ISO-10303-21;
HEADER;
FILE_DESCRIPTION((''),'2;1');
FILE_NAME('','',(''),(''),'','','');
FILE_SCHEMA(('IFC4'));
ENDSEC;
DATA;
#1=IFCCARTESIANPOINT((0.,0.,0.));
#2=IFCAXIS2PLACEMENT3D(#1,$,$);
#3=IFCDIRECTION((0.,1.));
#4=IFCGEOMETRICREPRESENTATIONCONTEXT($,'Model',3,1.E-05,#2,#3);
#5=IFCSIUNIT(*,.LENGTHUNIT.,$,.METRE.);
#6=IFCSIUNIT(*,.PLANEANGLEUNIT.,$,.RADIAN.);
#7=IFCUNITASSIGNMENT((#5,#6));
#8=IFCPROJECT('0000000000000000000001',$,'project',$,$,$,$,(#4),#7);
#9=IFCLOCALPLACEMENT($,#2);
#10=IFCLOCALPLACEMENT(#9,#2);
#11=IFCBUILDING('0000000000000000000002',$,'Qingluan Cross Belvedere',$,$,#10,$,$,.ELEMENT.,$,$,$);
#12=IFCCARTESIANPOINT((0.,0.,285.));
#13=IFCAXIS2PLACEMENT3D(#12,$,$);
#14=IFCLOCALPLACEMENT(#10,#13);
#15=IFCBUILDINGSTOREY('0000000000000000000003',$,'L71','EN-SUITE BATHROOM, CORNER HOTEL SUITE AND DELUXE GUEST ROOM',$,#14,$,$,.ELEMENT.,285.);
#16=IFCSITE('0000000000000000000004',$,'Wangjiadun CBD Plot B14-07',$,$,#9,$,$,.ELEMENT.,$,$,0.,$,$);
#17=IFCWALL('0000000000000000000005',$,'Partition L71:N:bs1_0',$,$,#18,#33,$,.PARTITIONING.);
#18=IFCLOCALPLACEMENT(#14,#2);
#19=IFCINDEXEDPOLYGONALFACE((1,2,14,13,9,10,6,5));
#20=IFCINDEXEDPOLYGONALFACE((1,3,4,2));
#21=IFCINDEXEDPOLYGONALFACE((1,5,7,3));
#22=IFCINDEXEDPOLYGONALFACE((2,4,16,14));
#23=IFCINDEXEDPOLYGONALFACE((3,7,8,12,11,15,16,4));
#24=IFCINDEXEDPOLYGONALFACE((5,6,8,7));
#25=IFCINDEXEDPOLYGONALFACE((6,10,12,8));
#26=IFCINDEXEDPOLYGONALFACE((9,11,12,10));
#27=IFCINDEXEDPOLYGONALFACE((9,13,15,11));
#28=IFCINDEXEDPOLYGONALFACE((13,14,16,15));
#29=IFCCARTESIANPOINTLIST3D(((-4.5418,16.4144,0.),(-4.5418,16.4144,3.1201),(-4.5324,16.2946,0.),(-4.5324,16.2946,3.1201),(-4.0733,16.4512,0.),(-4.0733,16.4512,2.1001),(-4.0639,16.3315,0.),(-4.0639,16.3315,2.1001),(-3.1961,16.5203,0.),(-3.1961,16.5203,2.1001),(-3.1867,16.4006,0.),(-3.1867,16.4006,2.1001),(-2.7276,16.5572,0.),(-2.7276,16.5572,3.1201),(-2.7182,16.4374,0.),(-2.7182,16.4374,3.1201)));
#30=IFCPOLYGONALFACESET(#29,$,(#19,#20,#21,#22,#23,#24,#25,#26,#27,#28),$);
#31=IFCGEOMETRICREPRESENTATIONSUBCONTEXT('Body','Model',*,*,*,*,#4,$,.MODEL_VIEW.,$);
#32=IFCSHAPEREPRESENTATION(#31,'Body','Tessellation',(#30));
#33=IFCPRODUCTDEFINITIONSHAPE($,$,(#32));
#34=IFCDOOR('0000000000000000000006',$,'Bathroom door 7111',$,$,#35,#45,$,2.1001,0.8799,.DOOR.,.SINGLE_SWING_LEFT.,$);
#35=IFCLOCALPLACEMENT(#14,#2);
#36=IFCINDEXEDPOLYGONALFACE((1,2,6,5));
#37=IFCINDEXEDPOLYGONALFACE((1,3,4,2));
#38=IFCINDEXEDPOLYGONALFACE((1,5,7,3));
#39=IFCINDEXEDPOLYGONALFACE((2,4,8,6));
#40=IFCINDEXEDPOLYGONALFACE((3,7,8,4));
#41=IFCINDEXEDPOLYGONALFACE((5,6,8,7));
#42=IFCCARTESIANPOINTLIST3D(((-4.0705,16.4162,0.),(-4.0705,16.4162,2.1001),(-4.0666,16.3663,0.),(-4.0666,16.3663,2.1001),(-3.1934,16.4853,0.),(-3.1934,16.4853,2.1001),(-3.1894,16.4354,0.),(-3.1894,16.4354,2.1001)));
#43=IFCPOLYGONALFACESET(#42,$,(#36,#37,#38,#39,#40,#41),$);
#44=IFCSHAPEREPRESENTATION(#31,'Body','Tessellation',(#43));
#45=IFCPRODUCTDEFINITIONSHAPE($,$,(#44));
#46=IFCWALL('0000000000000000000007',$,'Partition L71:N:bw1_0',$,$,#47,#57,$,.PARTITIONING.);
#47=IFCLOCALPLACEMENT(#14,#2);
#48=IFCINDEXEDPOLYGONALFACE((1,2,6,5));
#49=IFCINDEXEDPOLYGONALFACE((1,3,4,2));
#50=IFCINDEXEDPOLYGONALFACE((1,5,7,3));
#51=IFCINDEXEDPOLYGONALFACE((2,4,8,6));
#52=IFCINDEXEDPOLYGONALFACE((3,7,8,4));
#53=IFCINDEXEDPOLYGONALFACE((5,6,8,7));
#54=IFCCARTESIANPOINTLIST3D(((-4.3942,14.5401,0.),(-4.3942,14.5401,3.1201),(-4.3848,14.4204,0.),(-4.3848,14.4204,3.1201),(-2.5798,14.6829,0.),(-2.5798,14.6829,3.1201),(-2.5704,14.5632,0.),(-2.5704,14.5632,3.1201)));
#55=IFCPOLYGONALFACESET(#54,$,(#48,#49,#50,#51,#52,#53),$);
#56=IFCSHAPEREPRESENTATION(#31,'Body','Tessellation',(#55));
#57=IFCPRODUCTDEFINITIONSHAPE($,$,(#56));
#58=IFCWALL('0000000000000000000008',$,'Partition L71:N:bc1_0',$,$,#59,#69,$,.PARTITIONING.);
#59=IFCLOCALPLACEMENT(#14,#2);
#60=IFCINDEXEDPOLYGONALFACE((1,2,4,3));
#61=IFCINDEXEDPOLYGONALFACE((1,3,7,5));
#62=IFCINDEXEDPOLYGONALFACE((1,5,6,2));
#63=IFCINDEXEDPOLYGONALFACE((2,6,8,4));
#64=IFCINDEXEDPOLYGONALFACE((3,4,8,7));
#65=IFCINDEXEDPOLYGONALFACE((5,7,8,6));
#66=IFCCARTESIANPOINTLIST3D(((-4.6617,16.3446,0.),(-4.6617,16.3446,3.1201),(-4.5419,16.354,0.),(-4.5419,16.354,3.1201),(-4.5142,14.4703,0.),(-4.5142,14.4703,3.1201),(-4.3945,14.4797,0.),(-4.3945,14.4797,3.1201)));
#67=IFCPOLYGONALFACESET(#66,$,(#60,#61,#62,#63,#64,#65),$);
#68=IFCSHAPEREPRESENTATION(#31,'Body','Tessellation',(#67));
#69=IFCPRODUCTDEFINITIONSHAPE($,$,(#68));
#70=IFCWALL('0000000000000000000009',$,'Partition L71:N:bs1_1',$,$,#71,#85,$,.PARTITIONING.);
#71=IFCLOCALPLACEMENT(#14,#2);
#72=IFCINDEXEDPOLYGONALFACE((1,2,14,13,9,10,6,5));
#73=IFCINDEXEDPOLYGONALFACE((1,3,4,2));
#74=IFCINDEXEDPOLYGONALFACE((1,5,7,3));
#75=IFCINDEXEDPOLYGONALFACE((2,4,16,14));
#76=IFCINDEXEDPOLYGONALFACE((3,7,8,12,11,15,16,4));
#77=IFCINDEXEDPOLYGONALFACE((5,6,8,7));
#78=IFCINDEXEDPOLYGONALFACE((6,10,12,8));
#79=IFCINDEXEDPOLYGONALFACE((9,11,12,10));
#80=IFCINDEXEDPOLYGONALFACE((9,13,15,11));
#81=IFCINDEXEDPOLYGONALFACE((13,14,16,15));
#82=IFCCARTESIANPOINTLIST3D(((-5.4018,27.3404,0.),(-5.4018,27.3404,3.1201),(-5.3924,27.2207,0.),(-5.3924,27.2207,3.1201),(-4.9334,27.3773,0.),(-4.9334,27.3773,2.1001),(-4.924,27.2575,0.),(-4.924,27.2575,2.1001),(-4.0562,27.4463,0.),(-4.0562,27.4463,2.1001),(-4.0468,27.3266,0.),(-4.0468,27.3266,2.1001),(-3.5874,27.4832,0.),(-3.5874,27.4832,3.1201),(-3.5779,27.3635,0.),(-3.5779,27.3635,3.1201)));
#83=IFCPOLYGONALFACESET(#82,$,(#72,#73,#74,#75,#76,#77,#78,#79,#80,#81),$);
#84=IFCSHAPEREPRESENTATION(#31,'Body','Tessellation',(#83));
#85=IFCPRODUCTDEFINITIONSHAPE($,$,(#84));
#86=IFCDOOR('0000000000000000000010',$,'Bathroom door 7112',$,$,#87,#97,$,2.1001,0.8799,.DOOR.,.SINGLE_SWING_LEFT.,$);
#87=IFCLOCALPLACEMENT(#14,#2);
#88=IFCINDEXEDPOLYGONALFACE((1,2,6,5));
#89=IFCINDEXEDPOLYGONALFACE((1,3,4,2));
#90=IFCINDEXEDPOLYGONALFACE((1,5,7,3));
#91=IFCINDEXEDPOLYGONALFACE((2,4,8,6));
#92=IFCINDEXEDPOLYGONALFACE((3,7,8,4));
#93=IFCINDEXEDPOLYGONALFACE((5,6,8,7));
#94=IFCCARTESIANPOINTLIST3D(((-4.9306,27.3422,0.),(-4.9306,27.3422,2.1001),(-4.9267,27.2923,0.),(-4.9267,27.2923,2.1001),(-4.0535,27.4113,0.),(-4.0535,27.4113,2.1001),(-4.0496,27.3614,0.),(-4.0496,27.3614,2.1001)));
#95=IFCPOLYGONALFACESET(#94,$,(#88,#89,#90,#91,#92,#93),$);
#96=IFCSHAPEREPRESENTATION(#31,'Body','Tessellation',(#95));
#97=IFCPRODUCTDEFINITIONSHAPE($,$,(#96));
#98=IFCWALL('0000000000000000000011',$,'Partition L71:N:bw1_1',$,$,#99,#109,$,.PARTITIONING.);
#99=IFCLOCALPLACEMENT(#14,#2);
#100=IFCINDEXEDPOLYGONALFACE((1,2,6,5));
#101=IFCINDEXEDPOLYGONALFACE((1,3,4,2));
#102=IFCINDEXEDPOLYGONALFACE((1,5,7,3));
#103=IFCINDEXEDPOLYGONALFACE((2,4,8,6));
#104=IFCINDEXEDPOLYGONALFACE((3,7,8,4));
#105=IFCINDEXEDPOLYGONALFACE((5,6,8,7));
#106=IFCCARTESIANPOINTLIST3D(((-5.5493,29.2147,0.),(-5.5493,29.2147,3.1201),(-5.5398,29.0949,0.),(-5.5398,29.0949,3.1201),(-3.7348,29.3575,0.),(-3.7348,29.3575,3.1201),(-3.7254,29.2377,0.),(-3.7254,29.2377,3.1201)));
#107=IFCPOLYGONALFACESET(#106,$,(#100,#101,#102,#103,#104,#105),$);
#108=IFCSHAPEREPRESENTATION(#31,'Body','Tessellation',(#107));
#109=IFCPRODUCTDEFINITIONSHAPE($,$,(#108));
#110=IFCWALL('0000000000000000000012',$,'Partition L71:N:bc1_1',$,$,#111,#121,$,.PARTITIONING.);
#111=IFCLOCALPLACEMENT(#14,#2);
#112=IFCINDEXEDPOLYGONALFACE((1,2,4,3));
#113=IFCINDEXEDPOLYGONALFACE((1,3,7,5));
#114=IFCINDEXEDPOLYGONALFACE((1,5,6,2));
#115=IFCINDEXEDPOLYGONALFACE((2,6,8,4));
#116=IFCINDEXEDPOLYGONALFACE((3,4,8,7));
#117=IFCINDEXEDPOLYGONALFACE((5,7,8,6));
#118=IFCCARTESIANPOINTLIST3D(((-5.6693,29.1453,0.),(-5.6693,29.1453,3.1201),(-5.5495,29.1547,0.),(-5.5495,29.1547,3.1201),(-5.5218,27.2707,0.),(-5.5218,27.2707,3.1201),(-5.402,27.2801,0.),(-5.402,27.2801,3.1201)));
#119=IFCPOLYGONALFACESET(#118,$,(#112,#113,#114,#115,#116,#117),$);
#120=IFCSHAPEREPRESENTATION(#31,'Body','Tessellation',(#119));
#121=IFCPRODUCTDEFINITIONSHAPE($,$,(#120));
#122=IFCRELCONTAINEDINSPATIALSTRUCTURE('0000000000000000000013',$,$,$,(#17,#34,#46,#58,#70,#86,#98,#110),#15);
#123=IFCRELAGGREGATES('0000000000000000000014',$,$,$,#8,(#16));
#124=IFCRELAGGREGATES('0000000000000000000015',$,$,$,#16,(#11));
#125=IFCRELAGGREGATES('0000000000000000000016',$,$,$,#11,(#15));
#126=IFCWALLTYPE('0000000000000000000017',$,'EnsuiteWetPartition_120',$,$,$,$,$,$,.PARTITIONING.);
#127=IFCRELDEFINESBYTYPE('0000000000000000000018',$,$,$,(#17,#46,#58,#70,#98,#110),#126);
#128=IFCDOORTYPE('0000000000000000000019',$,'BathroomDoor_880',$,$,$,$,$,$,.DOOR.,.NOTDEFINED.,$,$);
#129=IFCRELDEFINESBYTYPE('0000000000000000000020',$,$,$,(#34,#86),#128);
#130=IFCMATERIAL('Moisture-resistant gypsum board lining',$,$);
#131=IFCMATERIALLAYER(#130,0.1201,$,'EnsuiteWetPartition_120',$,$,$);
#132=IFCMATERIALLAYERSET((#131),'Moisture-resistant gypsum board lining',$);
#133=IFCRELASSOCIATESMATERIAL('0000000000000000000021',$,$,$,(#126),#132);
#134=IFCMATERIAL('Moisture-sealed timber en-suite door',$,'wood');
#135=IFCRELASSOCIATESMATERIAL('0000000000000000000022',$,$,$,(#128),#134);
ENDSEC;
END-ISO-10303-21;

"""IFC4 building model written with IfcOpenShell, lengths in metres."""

from ifc_helpers import new_model, si_unit, direction, frame, frame_2d, origin, place, context, subcontext, project, spatial, rectangle, extrude, material, layer, layer_set, type_object, element, fill, save


model = new_model("IFC4")

# Units and contexts
model_context = context("Model", 3, precision=1e-05, world=origin(), true_north=direction((0.0, 1.0)))
body_context = subcontext(model_context, "Body", "Model", "MODEL_VIEW")
ifc_project = project(units=[si_unit("LENGTHUNIT", "METRE"), si_unit("PLANEANGLEUNIT", "RADIAN")], contexts=[model_context])

# Site, building, storey
site_placement = place(None, origin())
site = spatial("IfcSite", under=ifc_project, at=site_placement, Name="Wangjiadun CBD Plot B14-07", CompositionType="ELEMENT", RefElevation=0.0)
building_placement = place(site_placement, origin())
building = spatial("IfcBuilding", under=site, at=building_placement, Name="Qingluan Cross Belvedere", CompositionType="ELEMENT")
storey_placement = place(building_placement, frame((0.0, 0.0, 285.0)))
storey = spatial("IfcBuildingStorey", under=building, at=storey_placement, Name="L71", Description="EN-SUITE BATHROOM, CORNER HOTEL SUITE AND DELUXE GUEST ROOM", CompositionType="ELEMENT", Elevation=285.0)

# Shared definitions
ifc_material_1 = material(Name="Moisture-resistant gypsum board lining")
ifc_layer_1 = layer(ifc_material_1, 0.1201, Name="EnsuiteWetPartition_120")
ifc_layer_set_1 = layer_set([ifc_layer_1], Name="Moisture-resistant gypsum board lining")
wall_type_1 = type_object("IfcWallType", Name="EnsuiteWetPartition_120", PredefinedType="PARTITIONING", material=ifc_layer_set_1)

# Wall, opening, door
wall_1_placement = place(storey_placement, frame((-4.5371, 16.3545, 0.0), z_axis=(0.0, 0.0, 1.0), x_axis=(0.996916, 0.078481, 0.0)))
wall_1 = element("IfcWall", 1, at=wall_1_placement, inside=storey, type_object=wall_type_1, Name="Partition L71:N:bs1_0", PredefinedType="PARTITIONING", context=body_context, shape_type="SweptSolid", body=[
    extrude(rectangle(XDim=1.8198, YDim=0.1201, at=frame_2d((0.9099, 0.0))), origin(), (0.0, 0.0, 1.0), 3.1201),
])
opening_1_placement = place(wall_1_placement, frame((0.47, 0.0, 0.0)))
opening_1 = element("IfcOpeningElement", 2, at=opening_1_placement, cuts=wall_1, PredefinedType="OPENING", context=body_context, shape_type="SweptSolid", body=[
    extrude(rectangle(XDim=0.8799, YDim=2.1001, at=frame_2d((0.4399, 1.05))), frame((0.0, 0.0701, 0.0), z_axis=(0.0, -1.0, 0.0), x_axis=(1.0, 0.0, 0.0)), (0.0, 0.0, 1.0), 0.1401),
])
ifc_material_2 = material(Name="Moisture-sealed timber en-suite door", Category="wood")
door_type_1 = type_object("IfcDoorType", Name="BathroomDoor_880", OperationType="NOTDEFINED", PredefinedType="DOOR", material=ifc_material_2)
door_1_placement = place(opening_1_placement, origin())
door_1 = element("IfcDoor", 3, at=door_1_placement, inside=storey, type_object=door_type_1, Name="Bathroom door 7111", OperationType="SINGLE_SWING_LEFT", OverallHeight=2.1001, OverallWidth=0.8799, PredefinedType="DOOR", context=body_context, shape_type="SweptSolid", body=[
    extrude(rectangle(XDim=0.8799, YDim=2.1001, at=frame_2d((0.4399, 1.05))), frame((0.0, 0.0249, 0.0), z_axis=(0.0, -1.0, 0.0), x_axis=(1.0, 0.0, 0.0)), (0.0, 0.0, 1.0), 0.05),
])
fill(opening_1, door_1)

# Walls
wall_2_placement = place(storey_placement, frame((-4.3896, 14.4802, 0.0), z_axis=(0.0, 0.0, 1.0), x_axis=(0.996916, 0.078471, 0.0)))
element("IfcWall", 4, at=wall_2_placement, inside=storey, type_object=wall_type_1, Name="Partition L71:N:bw1_0", PredefinedType="PARTITIONING", context=body_context, shape_type="SweptSolid", body=[
    extrude(rectangle(XDim=1.8201, YDim=0.1201, at=frame_2d((0.9102, 0.0))), origin(), (0.0, 0.0, 1.0), 3.1201),
])
wall_3_placement = place(storey_placement, frame((-4.4543, 14.4751, 0.0), z_axis=(0.0, 0.0, 1.0), x_axis=(-0.078434, 0.996919, 0.0)))
element("IfcWall", 5, at=wall_3_placement, inside=storey, type_object=wall_type_1, Name="Partition L71:N:bc1_0", PredefinedType="PARTITIONING", context=body_context, shape_type="SweptSolid", body=[
    extrude(rectangle(XDim=1.8801, YDim=0.1201, at=frame_2d((0.9399, 0.0))), origin(), (0.0, 0.0, 1.0), 3.1201),
])

# Wall, opening, door
wall_4_placement = place(storey_placement, frame((-5.3972, 27.2805, 0.0), z_axis=(0.0, 0.0, 1.0), x_axis=(0.996916, 0.078471, 0.0)))
wall_4 = element("IfcWall", 6, at=wall_4_placement, inside=storey, type_object=wall_type_1, Name="Partition L71:N:bs1_1", PredefinedType="PARTITIONING", context=body_context, shape_type="SweptSolid", body=[
    extrude(rectangle(XDim=1.8201, YDim=0.1201, at=frame_2d((0.9102, 0.0))), origin(), (0.0, 0.0, 1.0), 3.1201),
])
opening_2_placement = place(wall_4_placement, frame((0.47, 0.0, 0.0)))
opening_2 = element("IfcOpeningElement", 7, at=opening_2_placement, cuts=wall_4, PredefinedType="OPENING", context=body_context, shape_type="SweptSolid", body=[
    extrude(rectangle(XDim=0.8799, YDim=2.1001, at=frame_2d((0.4399, 1.05))), frame((0.0, 0.0701, 0.0), z_axis=(0.0, -1.0, 0.0), x_axis=(1.0, 0.0, 0.0)), (0.0, 0.0, 1.0), 0.1401),
])
door_2_placement = place(opening_2_placement, origin())
door_2 = element("IfcDoor", 8, at=door_2_placement, inside=storey, type_object=door_type_1, Name="Bathroom door 7112", OperationType="SINGLE_SWING_LEFT", OverallHeight=2.1001, OverallWidth=0.8799, PredefinedType="DOOR", context=body_context, shape_type="SweptSolid", body=[
    extrude(rectangle(XDim=0.8799, YDim=2.1001, at=frame_2d((0.4399, 1.05))), frame((0.0, 0.0249, 0.0), z_axis=(0.0, -1.0, 0.0), x_axis=(1.0, 0.0, 0.0)), (0.0, 0.0, 1.0), 0.05),
])
fill(opening_2, door_2)

# Walls
wall_5_placement = place(storey_placement, frame((-5.5447, 29.1548, 0.0), z_axis=(0.0, 0.0, 1.0), x_axis=(0.996916, 0.078471, 0.0)))
element("IfcWall", 9, at=wall_5_placement, inside=storey, type_object=wall_type_1, Name="Partition L71:N:bw1_1", PredefinedType="PARTITIONING", context=body_context, shape_type="SweptSolid", body=[
    extrude(rectangle(XDim=1.8201, YDim=0.1201, at=frame_2d((0.9102, 0.0))), origin(), (0.0, 0.0, 1.0), 3.1201),
])
wall_6_placement = place(storey_placement, frame((-5.4619, 27.2754, 0.0), z_axis=(0.0, 0.0, 1.0), x_axis=(-0.078424, 0.99692, 0.0)))
element("IfcWall", 10, at=wall_6_placement, inside=storey, type_object=wall_type_1, Name="Partition L71:N:bc1_1", PredefinedType="PARTITIONING", context=body_context, shape_type="SweptSolid", body=[
    extrude(rectangle(XDim=1.8804, YDim=0.1201, at=frame_2d((0.9402, 0.0))), origin(), (0.0, 0.0, 1.0), 3.1201),
])

save(model, "model.ifc")
